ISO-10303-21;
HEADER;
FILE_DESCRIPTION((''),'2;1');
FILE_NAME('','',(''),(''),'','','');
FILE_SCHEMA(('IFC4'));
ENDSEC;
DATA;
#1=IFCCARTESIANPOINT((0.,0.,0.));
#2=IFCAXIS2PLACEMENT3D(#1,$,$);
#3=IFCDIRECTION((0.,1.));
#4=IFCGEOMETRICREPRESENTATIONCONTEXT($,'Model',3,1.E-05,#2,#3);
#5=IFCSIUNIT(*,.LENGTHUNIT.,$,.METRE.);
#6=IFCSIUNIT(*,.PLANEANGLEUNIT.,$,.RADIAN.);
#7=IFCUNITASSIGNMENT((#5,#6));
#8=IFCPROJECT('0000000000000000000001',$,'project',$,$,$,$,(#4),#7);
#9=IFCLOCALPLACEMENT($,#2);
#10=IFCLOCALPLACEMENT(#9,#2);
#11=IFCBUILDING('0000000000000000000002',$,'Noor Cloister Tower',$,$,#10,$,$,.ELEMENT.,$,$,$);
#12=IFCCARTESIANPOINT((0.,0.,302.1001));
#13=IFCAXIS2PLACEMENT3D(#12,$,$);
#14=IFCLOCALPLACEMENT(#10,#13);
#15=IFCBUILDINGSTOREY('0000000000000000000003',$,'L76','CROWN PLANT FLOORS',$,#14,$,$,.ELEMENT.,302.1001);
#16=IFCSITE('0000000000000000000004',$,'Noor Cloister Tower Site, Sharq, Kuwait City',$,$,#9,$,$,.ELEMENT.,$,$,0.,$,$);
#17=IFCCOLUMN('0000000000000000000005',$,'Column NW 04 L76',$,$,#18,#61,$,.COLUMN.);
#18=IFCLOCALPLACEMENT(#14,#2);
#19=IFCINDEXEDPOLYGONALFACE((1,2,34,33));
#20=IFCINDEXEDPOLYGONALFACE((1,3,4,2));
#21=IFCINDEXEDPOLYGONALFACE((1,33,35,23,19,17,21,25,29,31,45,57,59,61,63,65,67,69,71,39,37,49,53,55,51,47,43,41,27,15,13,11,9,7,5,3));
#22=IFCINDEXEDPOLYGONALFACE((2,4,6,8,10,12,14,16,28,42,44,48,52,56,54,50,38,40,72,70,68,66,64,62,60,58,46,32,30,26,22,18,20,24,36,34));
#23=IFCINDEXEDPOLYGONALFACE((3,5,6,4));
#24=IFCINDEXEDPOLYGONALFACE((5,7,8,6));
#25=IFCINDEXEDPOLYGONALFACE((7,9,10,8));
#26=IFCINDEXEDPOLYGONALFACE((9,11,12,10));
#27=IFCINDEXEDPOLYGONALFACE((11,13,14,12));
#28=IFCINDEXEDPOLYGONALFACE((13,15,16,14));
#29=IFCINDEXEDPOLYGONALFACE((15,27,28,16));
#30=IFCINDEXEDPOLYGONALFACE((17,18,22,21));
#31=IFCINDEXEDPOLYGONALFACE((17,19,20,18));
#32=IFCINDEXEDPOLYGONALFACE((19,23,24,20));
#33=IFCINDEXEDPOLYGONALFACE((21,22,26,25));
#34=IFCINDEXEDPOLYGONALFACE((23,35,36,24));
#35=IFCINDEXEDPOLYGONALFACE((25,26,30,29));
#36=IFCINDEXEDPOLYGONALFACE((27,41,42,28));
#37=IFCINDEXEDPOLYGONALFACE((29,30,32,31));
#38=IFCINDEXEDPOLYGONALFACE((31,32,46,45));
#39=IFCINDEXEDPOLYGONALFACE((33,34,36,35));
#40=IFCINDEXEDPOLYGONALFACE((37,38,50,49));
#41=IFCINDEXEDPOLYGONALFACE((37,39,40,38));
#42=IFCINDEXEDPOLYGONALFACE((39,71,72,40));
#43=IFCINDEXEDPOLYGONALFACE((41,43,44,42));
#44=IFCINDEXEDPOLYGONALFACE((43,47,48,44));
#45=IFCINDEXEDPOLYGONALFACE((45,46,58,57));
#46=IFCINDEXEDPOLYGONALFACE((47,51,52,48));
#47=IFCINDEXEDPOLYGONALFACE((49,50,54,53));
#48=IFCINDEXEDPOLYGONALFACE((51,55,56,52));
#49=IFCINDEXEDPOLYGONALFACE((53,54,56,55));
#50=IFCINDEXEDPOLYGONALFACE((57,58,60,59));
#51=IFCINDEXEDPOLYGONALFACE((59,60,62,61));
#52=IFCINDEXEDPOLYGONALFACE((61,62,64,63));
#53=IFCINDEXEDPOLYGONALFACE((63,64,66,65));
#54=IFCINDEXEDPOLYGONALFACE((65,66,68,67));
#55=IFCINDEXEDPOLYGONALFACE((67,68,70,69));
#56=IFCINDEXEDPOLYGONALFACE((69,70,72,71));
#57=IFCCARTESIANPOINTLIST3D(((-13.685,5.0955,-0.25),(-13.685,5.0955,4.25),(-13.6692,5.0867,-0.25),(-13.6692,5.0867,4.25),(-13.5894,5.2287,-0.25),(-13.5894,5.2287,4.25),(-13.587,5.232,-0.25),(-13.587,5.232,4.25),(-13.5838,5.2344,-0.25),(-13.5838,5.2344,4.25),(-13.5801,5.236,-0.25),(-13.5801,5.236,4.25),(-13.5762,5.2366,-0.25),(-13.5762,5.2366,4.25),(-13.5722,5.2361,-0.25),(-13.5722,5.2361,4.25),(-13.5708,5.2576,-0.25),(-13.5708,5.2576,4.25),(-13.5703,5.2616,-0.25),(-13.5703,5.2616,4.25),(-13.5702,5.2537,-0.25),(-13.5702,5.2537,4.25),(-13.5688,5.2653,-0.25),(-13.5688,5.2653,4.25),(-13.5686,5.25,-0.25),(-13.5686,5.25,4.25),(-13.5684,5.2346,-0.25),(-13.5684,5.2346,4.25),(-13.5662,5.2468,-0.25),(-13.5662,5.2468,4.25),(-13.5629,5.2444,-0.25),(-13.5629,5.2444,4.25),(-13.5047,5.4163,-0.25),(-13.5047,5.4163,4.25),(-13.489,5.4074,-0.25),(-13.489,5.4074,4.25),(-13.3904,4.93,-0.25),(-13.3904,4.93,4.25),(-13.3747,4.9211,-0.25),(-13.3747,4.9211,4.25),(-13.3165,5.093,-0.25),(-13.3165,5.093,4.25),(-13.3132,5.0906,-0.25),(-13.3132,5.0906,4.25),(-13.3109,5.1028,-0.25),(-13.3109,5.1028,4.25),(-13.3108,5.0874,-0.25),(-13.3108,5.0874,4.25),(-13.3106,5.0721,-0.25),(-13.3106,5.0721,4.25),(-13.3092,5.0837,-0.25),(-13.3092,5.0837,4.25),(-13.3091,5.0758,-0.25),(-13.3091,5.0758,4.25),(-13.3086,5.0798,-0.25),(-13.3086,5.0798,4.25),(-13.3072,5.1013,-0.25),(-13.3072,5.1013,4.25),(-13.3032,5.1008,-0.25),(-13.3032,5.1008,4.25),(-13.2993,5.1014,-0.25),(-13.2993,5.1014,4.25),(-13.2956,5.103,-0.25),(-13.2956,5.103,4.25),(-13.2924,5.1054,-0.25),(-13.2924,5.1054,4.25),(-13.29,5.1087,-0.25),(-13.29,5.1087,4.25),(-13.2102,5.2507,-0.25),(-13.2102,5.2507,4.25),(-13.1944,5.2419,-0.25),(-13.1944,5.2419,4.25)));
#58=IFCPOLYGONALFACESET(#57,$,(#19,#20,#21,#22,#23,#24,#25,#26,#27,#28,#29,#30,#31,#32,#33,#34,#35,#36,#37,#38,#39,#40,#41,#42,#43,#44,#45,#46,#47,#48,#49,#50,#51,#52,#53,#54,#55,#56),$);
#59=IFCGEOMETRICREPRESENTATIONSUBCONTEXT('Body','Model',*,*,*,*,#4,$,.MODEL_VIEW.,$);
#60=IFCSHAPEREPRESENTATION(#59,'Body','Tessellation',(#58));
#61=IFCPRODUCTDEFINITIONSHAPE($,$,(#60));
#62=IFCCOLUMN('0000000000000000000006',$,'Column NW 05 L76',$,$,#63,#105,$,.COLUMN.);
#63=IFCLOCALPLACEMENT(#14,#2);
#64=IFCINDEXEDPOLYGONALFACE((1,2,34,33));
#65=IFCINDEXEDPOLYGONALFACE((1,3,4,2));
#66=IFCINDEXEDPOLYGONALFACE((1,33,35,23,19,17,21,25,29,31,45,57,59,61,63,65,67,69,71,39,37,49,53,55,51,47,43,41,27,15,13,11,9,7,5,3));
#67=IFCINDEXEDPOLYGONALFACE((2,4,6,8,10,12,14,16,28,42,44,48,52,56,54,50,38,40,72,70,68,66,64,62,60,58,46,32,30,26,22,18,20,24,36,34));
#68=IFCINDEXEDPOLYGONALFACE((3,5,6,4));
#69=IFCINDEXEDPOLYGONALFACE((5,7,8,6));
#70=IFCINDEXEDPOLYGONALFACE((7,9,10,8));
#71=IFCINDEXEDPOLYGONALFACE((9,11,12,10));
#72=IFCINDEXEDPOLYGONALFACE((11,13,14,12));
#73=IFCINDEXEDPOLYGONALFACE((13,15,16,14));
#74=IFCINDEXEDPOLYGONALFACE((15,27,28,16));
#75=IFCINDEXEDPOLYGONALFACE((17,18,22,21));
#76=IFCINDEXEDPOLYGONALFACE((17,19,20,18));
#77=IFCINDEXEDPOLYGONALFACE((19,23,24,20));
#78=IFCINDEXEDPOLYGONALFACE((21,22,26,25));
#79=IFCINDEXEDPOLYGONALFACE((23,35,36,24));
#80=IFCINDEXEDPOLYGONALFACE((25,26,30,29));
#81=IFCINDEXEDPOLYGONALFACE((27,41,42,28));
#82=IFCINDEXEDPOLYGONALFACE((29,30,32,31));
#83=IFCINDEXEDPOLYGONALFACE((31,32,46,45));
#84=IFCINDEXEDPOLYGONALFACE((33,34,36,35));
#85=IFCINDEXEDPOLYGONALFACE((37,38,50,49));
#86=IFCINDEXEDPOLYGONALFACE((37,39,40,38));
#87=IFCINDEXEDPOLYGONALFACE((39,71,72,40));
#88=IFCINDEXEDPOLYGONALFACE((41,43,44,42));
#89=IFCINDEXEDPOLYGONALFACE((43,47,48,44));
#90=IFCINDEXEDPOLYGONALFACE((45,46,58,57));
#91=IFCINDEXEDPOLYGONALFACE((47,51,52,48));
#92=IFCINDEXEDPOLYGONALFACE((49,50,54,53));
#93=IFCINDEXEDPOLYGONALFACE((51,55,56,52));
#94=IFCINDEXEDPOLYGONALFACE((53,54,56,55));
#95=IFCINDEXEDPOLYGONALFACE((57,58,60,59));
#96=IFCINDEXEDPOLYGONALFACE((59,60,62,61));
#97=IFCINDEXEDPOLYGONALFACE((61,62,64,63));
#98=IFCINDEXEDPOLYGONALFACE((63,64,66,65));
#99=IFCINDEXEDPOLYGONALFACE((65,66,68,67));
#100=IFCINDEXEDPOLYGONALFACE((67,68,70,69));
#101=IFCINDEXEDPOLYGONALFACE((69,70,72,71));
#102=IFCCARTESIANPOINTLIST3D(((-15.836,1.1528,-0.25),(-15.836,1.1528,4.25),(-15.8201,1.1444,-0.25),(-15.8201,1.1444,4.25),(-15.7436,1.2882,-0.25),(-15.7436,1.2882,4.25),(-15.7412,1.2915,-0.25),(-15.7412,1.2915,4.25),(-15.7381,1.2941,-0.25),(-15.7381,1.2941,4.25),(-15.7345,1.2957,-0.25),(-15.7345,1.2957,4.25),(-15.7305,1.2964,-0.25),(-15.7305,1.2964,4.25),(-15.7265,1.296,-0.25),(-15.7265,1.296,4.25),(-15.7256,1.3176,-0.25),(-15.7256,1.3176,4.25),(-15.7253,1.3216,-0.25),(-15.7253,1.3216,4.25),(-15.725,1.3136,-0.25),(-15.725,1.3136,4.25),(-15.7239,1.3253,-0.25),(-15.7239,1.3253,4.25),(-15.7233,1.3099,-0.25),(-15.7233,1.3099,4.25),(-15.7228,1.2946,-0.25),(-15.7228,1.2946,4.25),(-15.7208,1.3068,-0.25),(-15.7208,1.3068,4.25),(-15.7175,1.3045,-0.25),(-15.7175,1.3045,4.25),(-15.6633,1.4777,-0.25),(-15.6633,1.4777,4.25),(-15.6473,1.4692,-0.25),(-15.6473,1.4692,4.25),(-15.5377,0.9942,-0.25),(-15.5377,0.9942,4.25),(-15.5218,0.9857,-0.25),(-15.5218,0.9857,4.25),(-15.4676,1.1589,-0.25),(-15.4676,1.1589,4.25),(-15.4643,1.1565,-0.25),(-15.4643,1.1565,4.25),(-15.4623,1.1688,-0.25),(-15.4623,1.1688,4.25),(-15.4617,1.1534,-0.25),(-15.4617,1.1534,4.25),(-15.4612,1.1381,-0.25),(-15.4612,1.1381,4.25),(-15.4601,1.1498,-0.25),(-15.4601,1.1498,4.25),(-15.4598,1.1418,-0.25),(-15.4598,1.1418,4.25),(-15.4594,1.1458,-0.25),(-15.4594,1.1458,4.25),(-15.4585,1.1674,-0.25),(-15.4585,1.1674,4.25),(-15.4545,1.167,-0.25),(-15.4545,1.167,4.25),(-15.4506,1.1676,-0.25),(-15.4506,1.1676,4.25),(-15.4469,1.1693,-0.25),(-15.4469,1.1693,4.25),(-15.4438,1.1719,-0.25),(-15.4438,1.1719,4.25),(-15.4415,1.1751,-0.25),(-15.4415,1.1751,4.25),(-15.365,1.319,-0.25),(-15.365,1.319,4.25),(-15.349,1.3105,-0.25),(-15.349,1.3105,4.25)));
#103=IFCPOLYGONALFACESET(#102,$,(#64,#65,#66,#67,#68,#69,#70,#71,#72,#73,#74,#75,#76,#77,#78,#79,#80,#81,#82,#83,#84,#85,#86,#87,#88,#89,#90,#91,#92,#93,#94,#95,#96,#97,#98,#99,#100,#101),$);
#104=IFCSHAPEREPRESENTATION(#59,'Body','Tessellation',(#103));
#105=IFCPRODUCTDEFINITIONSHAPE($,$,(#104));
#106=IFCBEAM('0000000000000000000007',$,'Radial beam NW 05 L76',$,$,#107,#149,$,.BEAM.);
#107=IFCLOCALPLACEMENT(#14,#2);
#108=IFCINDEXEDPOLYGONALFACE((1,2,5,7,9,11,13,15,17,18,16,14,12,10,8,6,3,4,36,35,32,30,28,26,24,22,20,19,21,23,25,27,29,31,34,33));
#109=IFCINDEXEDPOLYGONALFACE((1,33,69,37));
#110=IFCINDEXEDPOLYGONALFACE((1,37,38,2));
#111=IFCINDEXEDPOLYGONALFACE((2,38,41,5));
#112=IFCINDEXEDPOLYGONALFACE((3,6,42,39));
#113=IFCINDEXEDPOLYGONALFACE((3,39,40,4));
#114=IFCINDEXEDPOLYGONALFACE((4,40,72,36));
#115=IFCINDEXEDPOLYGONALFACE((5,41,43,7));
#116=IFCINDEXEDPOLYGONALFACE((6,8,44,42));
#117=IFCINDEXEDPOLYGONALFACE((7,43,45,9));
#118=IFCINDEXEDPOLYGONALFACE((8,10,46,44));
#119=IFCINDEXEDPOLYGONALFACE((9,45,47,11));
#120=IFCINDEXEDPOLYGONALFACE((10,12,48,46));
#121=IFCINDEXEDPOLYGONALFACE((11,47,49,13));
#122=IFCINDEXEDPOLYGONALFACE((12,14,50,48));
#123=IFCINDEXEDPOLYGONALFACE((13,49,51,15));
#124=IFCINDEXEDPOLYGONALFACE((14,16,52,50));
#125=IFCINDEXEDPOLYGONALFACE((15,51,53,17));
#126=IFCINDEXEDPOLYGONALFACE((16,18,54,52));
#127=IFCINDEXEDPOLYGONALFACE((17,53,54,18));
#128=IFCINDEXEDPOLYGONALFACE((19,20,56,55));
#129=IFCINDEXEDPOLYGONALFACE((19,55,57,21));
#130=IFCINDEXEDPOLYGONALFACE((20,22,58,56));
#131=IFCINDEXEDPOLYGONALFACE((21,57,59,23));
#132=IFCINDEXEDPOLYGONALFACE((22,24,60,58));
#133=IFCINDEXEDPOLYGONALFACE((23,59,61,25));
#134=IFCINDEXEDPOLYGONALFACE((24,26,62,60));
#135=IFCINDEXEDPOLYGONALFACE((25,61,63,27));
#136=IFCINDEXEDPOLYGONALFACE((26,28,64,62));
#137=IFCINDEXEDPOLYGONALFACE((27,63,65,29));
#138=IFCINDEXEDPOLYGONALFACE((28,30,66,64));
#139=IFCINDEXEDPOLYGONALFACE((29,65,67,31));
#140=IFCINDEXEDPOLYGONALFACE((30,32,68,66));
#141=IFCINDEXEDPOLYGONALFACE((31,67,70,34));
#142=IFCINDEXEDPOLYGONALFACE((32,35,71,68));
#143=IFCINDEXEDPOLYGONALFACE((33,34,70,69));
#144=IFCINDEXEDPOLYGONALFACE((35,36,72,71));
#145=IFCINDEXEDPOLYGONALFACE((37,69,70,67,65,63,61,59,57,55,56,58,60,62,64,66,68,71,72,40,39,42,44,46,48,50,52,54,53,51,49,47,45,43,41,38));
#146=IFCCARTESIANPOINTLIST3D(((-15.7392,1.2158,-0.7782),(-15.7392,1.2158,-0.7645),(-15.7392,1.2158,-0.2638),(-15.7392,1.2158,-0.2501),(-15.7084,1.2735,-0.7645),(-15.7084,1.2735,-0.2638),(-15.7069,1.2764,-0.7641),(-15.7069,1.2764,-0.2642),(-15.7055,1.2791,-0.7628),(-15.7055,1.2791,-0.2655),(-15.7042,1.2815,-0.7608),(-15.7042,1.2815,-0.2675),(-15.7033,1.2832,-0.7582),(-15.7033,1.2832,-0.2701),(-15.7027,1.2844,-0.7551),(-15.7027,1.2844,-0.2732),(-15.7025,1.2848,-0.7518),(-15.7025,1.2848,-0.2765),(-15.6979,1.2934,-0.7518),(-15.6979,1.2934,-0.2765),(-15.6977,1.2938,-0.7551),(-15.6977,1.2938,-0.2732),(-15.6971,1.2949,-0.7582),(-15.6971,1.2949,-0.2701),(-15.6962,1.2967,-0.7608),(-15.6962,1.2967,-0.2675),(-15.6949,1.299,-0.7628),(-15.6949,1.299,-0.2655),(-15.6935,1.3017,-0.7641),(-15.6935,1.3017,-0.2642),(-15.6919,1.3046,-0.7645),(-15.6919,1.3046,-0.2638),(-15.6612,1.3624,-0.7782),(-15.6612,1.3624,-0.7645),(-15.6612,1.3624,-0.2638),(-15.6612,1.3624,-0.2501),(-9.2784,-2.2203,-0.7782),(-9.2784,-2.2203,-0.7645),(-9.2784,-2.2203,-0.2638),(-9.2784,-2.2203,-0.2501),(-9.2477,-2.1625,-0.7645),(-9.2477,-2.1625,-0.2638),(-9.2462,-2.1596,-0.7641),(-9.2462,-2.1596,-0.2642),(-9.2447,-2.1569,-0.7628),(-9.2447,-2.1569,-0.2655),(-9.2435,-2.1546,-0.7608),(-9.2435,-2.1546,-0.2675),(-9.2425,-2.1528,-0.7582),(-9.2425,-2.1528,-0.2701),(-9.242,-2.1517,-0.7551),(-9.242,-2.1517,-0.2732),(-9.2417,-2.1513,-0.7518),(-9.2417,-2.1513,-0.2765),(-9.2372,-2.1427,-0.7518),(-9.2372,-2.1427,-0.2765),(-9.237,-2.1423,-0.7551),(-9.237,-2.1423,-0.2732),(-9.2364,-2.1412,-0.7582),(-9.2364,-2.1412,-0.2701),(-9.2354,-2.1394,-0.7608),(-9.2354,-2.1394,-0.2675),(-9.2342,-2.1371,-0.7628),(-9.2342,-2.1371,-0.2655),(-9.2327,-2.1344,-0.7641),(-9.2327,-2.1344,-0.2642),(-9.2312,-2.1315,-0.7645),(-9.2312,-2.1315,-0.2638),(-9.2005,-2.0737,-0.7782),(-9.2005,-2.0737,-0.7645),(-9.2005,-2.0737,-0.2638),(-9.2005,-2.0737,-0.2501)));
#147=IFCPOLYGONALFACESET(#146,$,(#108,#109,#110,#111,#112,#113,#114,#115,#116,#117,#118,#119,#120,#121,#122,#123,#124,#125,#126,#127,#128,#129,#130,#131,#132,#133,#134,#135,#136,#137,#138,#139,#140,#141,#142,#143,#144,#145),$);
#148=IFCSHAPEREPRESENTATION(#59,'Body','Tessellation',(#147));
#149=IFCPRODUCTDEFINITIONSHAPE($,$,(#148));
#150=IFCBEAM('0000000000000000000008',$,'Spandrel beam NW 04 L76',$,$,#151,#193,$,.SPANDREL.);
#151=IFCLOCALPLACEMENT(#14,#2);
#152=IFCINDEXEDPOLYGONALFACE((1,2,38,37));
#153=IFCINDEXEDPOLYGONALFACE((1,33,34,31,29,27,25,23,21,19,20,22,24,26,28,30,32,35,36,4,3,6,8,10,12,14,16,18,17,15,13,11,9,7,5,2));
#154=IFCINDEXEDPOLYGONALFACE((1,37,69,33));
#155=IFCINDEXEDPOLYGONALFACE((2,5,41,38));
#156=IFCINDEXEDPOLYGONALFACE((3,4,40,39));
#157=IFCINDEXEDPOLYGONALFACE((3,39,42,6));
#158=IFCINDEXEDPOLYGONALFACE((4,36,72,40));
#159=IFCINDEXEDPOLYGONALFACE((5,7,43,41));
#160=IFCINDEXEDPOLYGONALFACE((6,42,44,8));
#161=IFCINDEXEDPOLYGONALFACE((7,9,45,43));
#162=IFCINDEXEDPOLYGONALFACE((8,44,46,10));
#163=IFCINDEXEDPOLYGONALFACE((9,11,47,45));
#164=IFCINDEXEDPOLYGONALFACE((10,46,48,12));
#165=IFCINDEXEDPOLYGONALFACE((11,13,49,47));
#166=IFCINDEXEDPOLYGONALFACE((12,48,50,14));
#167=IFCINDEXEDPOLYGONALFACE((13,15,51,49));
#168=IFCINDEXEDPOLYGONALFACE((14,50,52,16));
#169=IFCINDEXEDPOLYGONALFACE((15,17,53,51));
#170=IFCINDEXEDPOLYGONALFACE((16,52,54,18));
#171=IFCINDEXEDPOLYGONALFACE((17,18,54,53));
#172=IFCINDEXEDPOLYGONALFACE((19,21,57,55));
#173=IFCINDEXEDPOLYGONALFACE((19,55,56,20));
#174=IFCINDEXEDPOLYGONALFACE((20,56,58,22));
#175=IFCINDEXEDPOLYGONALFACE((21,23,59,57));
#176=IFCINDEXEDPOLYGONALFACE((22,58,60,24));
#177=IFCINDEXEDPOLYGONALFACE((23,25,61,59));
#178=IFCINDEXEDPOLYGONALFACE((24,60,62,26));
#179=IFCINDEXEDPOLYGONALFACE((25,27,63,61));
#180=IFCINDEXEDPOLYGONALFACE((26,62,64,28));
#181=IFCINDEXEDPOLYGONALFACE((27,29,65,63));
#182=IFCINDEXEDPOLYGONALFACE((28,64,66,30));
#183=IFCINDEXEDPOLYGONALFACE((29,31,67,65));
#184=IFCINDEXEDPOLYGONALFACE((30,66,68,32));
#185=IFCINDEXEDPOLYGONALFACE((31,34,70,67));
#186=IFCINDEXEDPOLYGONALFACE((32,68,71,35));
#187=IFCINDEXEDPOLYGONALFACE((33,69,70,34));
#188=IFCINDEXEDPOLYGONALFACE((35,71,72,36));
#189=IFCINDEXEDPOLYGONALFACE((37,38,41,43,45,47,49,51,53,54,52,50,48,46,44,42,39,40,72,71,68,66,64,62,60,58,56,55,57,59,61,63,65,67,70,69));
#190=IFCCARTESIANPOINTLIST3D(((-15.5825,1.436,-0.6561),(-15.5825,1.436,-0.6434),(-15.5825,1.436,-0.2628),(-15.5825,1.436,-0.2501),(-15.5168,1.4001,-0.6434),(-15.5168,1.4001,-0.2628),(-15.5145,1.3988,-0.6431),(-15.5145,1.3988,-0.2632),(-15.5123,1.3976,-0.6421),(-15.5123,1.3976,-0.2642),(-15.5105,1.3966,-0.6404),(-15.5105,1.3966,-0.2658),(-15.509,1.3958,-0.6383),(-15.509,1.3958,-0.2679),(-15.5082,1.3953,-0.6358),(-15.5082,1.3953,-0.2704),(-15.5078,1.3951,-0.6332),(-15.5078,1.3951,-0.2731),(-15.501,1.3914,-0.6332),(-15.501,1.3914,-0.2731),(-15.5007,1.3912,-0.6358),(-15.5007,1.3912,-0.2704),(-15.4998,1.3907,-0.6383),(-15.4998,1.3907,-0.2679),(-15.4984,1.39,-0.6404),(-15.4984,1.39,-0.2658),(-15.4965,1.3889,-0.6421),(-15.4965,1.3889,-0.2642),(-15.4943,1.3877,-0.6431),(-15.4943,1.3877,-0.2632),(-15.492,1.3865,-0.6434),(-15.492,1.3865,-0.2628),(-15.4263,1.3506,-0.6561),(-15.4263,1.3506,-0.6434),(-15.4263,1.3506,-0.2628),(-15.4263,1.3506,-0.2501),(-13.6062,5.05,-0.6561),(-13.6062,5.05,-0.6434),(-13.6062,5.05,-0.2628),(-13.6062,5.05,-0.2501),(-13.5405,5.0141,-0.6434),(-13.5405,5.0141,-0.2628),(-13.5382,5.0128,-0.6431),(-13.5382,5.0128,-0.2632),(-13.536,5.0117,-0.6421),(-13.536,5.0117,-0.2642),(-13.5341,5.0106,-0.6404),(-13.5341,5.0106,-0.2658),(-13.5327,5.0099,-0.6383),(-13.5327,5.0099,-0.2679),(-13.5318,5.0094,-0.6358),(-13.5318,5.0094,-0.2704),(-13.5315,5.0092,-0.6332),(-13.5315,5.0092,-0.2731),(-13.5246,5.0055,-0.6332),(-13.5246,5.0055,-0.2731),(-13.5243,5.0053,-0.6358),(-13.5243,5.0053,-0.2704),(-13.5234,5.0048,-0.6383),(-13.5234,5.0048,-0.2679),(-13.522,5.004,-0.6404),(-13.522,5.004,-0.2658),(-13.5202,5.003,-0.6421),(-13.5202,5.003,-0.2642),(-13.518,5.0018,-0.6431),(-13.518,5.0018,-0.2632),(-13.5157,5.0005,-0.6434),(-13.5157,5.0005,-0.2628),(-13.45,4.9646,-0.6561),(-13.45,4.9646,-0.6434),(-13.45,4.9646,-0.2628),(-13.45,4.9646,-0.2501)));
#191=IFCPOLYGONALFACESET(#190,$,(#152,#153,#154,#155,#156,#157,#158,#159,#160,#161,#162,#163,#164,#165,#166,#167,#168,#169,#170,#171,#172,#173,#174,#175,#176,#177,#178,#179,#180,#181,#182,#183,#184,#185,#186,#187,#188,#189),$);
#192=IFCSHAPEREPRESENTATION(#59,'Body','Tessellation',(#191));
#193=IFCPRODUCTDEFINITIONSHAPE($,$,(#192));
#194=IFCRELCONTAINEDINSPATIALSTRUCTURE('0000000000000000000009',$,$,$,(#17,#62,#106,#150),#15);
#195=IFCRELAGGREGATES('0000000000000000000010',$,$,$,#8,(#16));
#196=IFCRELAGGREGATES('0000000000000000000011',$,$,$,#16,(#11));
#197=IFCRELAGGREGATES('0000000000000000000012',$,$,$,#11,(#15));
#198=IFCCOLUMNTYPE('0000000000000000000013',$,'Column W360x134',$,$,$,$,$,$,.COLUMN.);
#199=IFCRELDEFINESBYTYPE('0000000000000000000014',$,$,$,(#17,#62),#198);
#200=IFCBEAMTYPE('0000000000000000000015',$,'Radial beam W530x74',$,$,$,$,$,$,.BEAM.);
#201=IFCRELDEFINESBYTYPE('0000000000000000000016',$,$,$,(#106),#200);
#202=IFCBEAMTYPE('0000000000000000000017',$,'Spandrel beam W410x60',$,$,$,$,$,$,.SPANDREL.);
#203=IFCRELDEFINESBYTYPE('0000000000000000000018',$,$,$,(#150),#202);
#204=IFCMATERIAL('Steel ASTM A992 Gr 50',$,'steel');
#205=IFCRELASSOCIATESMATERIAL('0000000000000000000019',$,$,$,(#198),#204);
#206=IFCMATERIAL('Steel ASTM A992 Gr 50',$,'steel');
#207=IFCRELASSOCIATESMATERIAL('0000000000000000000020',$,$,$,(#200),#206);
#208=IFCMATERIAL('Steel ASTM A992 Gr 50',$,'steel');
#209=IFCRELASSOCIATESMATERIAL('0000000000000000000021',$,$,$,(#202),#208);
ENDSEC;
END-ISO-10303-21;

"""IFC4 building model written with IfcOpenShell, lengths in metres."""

from ifc_helpers import new_model, si_unit, direction, frame, origin, origin_2d, place, context, subcontext, project, spatial, i_section, extrude, material, material_profile, profile_set, type_object, element, save


model = new_model("IFC4")

# Units and contexts
model_context = context("Model", 3, precision=1e-05, world=origin(), true_north=direction((0.0, 1.0)))
body_context = subcontext(model_context, "Body", "Model", "MODEL_VIEW")
ifc_project = project(units=[si_unit("LENGTHUNIT", "METRE"), si_unit("PLANEANGLEUNIT", "RADIAN")], contexts=[model_context])

# Site, building, storey
site_placement = place(None, origin())
site = spatial("IfcSite", under=ifc_project, at=site_placement, Name="Noor Cloister Tower Site, Sharq, Kuwait City", CompositionType="ELEMENT", RefElevation=0.0)
building_placement = place(site_placement, origin())
building = spatial("IfcBuilding", under=site, at=building_placement, Name="Noor Cloister Tower", CompositionType="ELEMENT")
storey_placement = place(building_placement, frame((0.0, 0.0, 302.1001)))
storey = spatial("IfcBuildingStorey", under=building, at=storey_placement, Name="L76", Description="CROWN PLANT FLOORS", CompositionType="ELEMENT", Elevation=302.1001)

# Columns
ifc_material_1 = material(Name="Steel ASTM A992 Gr 50", Category="steel")
ifc_material_profile_1 = material_profile(ifc_material_1, i_section(OverallWidth=0.3679, OverallDepth=0.356, WebThickness=0.0112, FlangeThickness=0.0181, FilletRadius=0.0154, at=origin_2d()), Name="W360x134")
ifc_profile_set_1 = profile_set([ifc_material_profile_1], Name="Steel ASTM A992 Gr 50")
column_type = type_object("IfcColumnType", Name="Column W360x134", PredefinedType="COLUMN", material=ifc_profile_set_1)
for number, where, z_axis, x_axis, name in (
    (1, (-13.4397, 5.1687, -0.25), (0.0, 0.0, 1.0), (-0.489924, -0.871765, 0.0), "Column NW 04 L76"),
    (2, (-15.5925, 1.2317, -0.25), (0.0, 0.0, 1.0), (-0.469576, -0.882892, 0.0), "Column NW 05 L76"),
):
    element("IfcColumn", number, at=place(storey_placement, frame(where, z_axis=z_axis, x_axis=x_axis)), inside=storey, type_object=column_type, Name=name, PredefinedType="COLUMN", context=body_context, shape_type="SweptSolid", body=[
        extrude(i_section(OverallWidth=0.3679, OverallDepth=0.356, WebThickness=0.0112, FlangeThickness=0.0181, FilletRadius=0.0154, at=origin_2d()), origin(), (0.0, 0.0, 1.0), 4.5),
    ])

# Beams
ifc_material_2 = material(Name="Steel ASTM A992 Gr 50", Category="steel")
ifc_material_profile_2 = material_profile(ifc_material_2, i_section(OverallWidth=0.166, OverallDepth=0.5281, WebThickness=0.0098, FlangeThickness=0.0137, FilletRadius=0.0127, at=origin_2d()), Name="W530x74")
ifc_profile_set_2 = profile_set([ifc_material_profile_2], Name="Steel ASTM A992 Gr 50")
beam_type_1 = type_object("IfcBeamType", Name="Radial beam W530x74", PredefinedType="BEAM", material=ifc_profile_set_2)
beam_placement = place(storey_placement, frame((-15.7002, 1.2891, -0.5142), z_axis=(0.882901, -0.469559, 0.0), x_axis=(0.469559, 0.882901, 0.0)))
element("IfcBeam", 3, at=beam_placement, inside=storey, type_object=beam_type_1, Name="Radial beam NW 05 L76", PredefinedType="BEAM", context=body_context, shape_type="SweptSolid", body=[
    extrude(i_section(OverallWidth=0.166, OverallDepth=0.5281, WebThickness=0.0098, FlangeThickness=0.0137, FilletRadius=0.0127, at=origin_2d()), origin(), (0.0, 0.0, 1.0), 7.3176),
])
ifc_material_3 = material(Name="Steel ASTM A992 Gr 50", Category="steel")
ifc_material_profile_3 = material_profile(ifc_material_3, i_section(OverallWidth=0.178, OverallDepth=0.406, WebThickness=0.0078, FlangeThickness=0.0127, FilletRadius=0.0103, at=origin_2d()), Name="W410x60")
ifc_profile_set_3 = profile_set([ifc_material_profile_3], Name="Steel ASTM A992 Gr 50")
beam_type_2 = type_object("IfcBeamType", Name="Spandrel beam W410x60", PredefinedType="SPANDREL", material=ifc_profile_set_3)
for number, where, z_axis, x_axis, name in (
    (4, (-13.5281, 5.0073, -0.4531), (-0.479795, -0.877381, 0.0), (0.877381, -0.479795, 0.0), "Spandrel beam NW 04 L76"),
):
    element("IfcBeam", number, at=place(storey_placement, frame(where, z_axis=z_axis, x_axis=x_axis)), inside=storey, type_object=beam_type_2, Name=name, PredefinedType="SPANDREL", context=body_context, shape_type="SweptSolid", body=[
        extrude(i_section(OverallWidth=0.178, OverallDepth=0.406, WebThickness=0.0078, FlangeThickness=0.0127, FilletRadius=0.0103, at=origin_2d()), origin(), (0.0, 0.0, 1.0), 4.1191),
    ])

save(model, "model.ifc")
